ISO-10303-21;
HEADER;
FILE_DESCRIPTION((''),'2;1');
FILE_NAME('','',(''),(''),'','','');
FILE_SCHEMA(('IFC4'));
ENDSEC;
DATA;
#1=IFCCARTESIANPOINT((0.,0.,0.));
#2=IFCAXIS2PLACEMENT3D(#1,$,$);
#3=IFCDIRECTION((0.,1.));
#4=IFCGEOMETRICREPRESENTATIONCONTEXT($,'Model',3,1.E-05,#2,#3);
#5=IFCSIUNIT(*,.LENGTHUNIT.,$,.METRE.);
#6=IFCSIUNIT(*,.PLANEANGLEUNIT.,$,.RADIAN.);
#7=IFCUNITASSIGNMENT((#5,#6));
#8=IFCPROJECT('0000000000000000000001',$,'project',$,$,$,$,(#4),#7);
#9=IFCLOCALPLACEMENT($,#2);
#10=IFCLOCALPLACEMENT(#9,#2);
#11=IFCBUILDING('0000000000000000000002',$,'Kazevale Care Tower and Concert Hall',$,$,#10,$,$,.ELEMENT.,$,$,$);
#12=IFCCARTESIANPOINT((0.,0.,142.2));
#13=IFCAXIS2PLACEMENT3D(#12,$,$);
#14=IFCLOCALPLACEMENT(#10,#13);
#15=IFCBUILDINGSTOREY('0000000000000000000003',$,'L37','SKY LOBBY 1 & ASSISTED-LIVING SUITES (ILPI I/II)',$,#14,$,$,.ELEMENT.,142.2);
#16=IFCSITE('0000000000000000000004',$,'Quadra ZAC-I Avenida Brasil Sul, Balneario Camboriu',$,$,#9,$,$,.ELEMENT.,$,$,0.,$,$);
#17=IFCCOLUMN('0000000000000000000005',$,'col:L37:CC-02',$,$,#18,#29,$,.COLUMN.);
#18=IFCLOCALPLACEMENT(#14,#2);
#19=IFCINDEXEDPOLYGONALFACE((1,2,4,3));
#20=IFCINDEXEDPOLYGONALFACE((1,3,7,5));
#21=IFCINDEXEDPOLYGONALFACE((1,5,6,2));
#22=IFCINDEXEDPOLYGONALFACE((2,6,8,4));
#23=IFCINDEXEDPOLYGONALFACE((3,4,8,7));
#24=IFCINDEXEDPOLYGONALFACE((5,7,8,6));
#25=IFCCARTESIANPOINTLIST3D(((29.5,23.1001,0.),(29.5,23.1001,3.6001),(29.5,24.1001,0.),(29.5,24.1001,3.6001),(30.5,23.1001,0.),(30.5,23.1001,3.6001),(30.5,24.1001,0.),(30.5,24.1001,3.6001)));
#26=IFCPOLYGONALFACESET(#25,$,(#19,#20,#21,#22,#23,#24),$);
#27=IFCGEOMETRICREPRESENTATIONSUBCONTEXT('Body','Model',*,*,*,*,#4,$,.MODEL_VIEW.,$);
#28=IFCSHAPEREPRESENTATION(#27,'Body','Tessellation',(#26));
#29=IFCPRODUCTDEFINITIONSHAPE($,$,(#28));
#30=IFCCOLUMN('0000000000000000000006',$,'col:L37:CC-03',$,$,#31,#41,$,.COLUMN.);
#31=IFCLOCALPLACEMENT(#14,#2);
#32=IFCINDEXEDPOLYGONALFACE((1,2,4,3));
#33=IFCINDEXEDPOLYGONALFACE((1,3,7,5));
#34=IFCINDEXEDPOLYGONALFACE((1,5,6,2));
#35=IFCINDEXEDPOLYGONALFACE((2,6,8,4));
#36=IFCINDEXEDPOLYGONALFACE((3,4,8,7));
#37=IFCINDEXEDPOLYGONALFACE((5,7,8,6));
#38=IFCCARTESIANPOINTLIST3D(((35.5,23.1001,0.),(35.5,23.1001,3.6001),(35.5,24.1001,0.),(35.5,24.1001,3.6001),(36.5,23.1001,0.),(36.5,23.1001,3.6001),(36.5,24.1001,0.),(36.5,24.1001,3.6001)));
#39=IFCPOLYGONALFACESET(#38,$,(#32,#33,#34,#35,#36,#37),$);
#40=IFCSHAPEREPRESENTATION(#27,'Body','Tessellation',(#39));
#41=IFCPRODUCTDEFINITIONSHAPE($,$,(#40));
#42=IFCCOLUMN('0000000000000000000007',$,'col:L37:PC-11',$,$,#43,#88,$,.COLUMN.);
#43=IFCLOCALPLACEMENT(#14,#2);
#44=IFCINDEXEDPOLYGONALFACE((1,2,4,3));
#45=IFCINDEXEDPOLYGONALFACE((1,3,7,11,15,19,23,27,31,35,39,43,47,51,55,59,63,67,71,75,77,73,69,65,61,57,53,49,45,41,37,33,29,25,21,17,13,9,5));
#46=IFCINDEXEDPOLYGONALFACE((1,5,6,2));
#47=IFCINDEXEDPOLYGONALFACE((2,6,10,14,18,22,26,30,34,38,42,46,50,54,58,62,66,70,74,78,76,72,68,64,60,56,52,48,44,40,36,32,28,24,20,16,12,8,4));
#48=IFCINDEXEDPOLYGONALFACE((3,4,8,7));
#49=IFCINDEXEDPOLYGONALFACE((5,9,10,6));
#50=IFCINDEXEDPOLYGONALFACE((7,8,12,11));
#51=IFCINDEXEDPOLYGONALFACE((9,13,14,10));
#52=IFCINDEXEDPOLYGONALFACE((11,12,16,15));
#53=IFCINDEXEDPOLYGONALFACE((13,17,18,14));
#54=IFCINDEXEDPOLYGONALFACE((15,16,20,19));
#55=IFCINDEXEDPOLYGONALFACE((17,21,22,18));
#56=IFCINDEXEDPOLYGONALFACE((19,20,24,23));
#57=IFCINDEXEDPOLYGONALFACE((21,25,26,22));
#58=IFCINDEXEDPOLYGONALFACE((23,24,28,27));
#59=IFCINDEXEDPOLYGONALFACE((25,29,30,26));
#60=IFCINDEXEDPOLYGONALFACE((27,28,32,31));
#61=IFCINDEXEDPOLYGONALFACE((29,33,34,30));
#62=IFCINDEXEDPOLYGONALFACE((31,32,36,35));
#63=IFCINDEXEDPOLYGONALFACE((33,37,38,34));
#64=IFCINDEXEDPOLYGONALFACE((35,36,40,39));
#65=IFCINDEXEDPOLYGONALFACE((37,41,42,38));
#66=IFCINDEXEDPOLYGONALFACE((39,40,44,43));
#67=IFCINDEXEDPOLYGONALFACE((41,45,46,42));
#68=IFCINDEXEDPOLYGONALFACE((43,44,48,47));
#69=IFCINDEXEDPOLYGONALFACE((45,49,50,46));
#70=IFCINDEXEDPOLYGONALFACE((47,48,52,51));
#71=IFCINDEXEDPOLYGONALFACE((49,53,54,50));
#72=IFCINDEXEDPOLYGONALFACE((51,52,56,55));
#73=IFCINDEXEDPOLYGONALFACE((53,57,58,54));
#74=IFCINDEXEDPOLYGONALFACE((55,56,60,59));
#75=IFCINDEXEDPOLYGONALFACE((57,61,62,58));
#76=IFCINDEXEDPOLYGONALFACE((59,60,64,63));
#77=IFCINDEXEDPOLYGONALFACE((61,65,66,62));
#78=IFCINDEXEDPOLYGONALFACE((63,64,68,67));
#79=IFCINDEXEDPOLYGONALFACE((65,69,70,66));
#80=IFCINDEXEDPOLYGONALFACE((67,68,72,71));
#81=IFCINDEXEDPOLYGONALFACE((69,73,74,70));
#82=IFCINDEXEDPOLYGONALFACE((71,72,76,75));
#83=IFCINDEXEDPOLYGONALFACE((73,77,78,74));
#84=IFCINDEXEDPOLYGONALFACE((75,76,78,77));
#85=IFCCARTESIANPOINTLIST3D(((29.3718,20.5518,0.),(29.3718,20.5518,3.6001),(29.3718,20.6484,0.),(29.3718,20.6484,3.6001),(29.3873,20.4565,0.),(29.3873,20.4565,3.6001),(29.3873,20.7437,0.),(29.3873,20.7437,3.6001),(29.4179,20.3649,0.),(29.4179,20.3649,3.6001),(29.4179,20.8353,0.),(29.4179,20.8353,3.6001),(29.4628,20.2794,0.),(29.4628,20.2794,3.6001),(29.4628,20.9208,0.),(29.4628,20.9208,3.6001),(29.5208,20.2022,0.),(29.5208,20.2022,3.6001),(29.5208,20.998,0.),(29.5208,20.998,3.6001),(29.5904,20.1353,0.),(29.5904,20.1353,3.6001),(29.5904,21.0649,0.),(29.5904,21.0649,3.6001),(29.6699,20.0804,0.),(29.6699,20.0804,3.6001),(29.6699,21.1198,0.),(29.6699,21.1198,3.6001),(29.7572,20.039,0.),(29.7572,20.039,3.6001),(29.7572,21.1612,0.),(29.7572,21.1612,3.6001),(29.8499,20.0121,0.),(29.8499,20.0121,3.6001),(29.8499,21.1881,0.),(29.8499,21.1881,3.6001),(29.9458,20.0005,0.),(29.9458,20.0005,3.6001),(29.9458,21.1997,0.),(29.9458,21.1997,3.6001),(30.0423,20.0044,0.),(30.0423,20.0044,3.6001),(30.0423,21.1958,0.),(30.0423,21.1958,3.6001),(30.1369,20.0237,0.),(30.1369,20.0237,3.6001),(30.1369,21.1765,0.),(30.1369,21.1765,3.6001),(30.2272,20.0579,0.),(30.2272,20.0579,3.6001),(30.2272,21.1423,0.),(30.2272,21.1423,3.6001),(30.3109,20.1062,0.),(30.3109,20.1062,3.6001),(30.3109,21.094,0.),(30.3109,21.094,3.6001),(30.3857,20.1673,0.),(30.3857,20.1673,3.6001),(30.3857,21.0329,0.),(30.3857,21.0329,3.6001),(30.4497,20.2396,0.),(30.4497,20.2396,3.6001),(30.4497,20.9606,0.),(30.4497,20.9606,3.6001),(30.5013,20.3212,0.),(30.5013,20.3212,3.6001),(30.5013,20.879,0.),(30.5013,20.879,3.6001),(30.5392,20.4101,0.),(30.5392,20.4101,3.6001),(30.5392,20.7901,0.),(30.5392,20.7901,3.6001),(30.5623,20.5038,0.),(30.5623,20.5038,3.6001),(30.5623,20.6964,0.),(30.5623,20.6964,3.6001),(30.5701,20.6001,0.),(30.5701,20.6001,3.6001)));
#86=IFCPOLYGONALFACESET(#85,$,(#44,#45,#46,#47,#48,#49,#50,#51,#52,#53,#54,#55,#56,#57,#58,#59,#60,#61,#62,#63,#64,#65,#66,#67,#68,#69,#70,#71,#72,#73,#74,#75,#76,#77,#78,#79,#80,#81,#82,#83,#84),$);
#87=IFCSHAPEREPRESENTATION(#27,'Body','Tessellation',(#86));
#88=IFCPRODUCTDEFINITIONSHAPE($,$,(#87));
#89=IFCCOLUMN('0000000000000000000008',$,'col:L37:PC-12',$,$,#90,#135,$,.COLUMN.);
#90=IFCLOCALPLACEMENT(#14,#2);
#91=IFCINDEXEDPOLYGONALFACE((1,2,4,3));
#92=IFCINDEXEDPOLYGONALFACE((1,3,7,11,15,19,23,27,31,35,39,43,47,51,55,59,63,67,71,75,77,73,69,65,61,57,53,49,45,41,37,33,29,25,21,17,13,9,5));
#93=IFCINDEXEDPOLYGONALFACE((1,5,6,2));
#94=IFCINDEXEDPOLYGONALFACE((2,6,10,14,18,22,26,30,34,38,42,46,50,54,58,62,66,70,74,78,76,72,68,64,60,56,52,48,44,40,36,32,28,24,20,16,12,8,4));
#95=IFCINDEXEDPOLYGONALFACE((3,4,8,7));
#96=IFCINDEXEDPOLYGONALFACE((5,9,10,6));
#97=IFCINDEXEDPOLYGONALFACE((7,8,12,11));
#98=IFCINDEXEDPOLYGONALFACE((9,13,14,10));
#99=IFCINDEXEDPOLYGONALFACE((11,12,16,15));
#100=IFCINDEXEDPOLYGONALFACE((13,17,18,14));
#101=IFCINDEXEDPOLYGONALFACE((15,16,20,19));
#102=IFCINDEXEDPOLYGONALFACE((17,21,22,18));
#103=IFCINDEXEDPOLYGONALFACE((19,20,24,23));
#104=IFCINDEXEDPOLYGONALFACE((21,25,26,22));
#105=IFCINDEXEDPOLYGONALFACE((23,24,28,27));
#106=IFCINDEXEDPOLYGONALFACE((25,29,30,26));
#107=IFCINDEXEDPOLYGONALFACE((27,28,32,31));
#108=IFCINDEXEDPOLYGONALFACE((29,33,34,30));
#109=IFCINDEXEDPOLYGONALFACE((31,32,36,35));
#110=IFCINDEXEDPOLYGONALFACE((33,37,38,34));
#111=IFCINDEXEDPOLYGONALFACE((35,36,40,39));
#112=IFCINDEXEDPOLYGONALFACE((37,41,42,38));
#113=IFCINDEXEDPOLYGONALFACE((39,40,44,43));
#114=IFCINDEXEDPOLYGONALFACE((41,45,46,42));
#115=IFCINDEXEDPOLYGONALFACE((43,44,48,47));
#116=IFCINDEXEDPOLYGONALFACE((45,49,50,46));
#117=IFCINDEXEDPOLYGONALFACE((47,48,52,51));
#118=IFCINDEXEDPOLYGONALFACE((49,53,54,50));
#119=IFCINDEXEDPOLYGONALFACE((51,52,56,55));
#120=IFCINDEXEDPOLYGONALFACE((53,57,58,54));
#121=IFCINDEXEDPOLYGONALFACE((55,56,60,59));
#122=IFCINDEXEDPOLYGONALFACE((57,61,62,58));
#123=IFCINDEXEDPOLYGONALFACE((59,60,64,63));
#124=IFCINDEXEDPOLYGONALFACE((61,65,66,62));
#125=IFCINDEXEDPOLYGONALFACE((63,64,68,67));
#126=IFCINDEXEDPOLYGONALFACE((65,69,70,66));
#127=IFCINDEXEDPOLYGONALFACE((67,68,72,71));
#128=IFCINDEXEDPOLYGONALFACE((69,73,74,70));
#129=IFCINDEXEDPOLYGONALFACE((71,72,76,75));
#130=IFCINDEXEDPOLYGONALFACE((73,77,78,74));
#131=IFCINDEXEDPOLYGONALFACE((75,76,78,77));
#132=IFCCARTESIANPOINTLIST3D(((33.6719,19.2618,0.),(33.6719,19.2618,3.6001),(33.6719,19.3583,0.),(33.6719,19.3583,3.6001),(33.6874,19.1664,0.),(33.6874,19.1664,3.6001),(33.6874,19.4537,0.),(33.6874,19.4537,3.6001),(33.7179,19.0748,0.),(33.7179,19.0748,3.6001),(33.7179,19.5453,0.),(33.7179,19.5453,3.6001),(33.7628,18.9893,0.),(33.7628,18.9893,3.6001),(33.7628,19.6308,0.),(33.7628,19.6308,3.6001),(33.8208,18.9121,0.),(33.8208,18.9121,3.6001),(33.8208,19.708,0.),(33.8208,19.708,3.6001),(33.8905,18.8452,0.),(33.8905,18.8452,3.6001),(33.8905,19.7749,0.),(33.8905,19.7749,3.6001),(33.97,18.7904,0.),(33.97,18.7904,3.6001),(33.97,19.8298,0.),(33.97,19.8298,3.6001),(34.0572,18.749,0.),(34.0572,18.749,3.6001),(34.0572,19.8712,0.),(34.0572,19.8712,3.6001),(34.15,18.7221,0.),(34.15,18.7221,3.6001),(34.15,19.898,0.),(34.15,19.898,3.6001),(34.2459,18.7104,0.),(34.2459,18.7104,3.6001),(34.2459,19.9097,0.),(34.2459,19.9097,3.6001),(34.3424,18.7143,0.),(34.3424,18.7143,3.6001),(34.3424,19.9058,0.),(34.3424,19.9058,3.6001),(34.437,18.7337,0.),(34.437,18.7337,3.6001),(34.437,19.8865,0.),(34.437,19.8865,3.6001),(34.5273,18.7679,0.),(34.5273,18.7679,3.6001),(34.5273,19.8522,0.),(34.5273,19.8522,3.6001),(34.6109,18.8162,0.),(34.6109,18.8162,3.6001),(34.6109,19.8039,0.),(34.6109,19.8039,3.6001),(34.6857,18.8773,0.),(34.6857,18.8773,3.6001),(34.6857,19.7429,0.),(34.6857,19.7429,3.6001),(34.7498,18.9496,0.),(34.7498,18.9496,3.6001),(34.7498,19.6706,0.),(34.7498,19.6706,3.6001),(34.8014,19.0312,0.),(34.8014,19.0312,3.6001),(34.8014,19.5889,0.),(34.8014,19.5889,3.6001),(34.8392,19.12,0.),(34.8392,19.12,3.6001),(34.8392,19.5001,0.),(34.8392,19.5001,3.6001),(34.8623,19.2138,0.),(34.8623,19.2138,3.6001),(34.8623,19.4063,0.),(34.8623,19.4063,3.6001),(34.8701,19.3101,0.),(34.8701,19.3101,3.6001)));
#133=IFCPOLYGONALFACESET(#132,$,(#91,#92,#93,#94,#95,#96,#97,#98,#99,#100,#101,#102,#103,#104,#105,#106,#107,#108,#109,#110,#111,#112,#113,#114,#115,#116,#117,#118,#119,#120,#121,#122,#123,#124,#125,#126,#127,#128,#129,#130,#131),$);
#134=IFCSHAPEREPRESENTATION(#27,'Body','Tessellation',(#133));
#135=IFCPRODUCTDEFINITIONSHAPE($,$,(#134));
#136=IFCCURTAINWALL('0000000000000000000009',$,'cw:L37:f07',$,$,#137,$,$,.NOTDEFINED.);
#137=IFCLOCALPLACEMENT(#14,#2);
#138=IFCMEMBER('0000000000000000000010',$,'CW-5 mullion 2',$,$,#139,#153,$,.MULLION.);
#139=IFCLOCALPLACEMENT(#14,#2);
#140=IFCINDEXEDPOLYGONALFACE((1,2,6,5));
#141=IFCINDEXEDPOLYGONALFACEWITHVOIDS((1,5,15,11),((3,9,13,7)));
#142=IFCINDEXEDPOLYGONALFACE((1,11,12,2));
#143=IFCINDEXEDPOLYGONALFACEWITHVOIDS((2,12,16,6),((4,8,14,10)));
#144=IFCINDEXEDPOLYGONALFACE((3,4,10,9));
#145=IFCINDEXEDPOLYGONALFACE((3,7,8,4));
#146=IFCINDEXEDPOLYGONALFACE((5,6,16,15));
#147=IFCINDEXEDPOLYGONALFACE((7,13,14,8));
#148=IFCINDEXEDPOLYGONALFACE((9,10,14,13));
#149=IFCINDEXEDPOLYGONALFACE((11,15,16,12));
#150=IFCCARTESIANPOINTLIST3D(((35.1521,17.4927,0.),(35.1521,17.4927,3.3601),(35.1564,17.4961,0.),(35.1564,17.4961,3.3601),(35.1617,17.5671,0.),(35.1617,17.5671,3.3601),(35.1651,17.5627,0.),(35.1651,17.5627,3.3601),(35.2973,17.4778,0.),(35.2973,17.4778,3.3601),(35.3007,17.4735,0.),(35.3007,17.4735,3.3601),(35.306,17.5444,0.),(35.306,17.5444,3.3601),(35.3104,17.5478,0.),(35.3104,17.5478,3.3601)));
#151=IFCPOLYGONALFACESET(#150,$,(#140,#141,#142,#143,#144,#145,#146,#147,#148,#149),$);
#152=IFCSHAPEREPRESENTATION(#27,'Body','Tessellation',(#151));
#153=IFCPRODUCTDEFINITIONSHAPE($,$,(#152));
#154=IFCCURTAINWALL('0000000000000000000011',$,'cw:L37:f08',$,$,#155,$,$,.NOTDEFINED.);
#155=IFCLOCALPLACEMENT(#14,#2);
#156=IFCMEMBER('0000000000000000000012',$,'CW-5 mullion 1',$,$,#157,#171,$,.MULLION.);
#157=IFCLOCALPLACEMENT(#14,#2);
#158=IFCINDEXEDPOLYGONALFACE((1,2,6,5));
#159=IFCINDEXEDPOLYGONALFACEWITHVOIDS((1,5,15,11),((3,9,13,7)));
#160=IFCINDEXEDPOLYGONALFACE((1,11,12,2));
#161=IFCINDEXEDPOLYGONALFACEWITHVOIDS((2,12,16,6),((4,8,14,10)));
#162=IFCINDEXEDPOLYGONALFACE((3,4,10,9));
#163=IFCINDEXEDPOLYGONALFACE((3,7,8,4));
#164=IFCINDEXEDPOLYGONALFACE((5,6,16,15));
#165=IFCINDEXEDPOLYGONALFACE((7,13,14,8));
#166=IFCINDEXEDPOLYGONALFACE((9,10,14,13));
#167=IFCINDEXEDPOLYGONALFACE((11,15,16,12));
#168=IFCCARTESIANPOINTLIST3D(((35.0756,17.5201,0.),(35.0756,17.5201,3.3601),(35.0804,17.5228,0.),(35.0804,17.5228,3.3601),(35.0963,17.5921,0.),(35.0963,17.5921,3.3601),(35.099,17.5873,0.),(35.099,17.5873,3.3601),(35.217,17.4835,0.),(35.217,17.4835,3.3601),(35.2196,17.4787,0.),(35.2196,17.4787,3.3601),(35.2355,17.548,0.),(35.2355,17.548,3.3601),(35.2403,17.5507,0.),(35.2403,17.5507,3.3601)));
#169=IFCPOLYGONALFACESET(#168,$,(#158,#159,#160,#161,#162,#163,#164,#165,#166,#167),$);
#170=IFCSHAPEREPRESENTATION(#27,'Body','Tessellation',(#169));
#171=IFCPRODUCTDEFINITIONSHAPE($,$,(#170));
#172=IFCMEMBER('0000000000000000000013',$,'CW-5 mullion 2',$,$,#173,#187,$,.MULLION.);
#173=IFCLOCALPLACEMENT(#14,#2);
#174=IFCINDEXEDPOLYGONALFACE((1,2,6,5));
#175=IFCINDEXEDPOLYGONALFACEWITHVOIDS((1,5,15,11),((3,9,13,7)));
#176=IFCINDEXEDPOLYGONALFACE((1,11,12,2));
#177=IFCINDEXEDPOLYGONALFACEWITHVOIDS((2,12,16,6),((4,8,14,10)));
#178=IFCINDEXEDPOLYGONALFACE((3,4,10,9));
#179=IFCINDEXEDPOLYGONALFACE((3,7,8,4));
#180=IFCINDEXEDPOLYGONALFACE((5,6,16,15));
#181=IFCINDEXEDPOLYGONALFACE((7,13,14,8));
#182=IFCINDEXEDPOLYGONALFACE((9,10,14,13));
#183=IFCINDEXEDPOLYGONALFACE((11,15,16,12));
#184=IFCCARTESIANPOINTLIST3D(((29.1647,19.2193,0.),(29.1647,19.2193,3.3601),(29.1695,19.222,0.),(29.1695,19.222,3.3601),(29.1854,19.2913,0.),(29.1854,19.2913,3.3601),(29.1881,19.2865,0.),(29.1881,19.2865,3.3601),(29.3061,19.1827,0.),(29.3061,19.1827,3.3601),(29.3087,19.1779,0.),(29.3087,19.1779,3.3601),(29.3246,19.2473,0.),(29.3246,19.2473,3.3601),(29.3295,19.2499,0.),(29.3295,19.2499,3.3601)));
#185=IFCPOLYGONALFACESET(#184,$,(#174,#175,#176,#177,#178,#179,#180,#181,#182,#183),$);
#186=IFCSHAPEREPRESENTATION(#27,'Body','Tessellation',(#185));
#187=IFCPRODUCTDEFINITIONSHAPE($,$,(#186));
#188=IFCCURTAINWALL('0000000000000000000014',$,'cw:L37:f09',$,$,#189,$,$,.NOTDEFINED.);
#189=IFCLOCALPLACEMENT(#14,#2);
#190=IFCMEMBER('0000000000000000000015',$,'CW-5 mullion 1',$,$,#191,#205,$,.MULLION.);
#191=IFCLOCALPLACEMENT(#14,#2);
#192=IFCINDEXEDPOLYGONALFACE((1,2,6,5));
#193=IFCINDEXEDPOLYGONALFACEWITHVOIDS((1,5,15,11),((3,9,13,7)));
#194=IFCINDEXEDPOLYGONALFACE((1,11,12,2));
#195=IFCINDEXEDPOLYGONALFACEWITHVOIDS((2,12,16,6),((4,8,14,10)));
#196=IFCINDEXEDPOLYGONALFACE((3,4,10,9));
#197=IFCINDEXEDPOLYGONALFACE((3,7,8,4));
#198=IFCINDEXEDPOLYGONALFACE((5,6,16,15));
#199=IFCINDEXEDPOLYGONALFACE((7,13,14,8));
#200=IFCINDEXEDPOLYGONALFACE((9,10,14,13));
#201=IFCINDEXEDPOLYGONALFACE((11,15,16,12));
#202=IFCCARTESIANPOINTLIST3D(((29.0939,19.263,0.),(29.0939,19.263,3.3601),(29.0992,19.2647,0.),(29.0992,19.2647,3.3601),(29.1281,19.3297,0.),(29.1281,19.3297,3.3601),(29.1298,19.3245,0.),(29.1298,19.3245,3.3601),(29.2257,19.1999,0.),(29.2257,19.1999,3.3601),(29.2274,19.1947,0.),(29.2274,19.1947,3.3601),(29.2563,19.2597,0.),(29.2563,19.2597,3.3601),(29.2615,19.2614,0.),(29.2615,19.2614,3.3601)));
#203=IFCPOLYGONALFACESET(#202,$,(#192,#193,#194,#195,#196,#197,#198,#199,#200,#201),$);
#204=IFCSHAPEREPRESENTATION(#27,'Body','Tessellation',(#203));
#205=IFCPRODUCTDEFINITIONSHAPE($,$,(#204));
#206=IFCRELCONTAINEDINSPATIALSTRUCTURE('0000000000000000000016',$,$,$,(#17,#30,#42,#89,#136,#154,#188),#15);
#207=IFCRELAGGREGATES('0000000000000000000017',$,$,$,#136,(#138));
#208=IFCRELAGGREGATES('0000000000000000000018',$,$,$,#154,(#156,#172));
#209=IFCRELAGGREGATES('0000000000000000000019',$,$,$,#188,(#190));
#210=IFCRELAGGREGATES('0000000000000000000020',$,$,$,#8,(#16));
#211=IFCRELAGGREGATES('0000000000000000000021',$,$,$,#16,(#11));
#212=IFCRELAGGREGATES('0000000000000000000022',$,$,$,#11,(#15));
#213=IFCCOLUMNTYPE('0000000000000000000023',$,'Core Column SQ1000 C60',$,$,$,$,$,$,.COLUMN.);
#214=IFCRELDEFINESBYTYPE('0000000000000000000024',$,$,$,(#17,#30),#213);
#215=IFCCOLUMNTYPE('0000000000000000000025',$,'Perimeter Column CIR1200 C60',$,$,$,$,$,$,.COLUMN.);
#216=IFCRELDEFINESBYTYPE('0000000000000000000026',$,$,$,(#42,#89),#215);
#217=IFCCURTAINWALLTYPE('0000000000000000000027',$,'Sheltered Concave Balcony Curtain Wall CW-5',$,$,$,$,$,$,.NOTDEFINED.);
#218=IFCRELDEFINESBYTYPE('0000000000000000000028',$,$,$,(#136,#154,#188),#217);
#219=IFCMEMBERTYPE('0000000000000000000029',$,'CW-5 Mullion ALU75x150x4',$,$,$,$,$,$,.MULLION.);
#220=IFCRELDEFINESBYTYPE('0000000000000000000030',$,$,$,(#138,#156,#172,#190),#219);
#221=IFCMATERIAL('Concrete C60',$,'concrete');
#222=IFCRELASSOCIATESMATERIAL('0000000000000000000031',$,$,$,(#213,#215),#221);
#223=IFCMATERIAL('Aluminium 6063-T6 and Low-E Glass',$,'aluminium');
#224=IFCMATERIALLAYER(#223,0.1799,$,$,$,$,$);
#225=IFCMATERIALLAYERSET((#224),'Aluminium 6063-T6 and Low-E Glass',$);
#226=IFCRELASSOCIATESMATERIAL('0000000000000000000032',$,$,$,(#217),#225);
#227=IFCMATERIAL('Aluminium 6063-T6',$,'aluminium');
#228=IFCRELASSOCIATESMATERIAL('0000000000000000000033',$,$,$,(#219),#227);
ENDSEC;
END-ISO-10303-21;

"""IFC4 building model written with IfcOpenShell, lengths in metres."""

from ifc_helpers import new_model, si_unit, direction, frame, origin, origin_2d, place, context, subcontext, project, spatial, rectangle, hollow_rectangle, circle, extrude, material, layer, layer_set, material_profile, profile_set, type_object, element, aggregate, save


model = new_model("IFC4")

# Units and contexts
model_context = context("Model", 3, precision=1e-05, world=origin(), true_north=direction((0.0, 1.0)))
body_context = subcontext(model_context, "Body", "Model", "MODEL_VIEW")
ifc_project = project(units=[si_unit("LENGTHUNIT", "METRE"), si_unit("PLANEANGLEUNIT", "RADIAN")], contexts=[model_context])

# Site, building, storey
site_placement = place(None, origin())
site = spatial("IfcSite", under=ifc_project, at=site_placement, Name="Quadra ZAC-I Avenida Brasil Sul, Balneario Camboriu", CompositionType="ELEMENT", RefElevation=0.0)
building_placement = place(site_placement, origin())
building = spatial("IfcBuilding", under=site, at=building_placement, Name="Kazevale Care Tower and Concert Hall", CompositionType="ELEMENT")
storey_placement = place(building_placement, frame((0.0, 0.0, 142.2)))
storey = spatial("IfcBuildingStorey", under=building, at=storey_placement, Name="L37", Description="SKY LOBBY 1 & ASSISTED-LIVING SUITES (ILPI I/II)", CompositionType="ELEMENT", Elevation=142.2)

# Columns
ifc_material_1 = material(Name="Concrete C60", Category="concrete")
ifc_material_profile_1 = material_profile(ifc_material_1, rectangle(XDim=1.0, YDim=1.0, at=origin_2d()), Name="RC-SQ1000")
ifc_profile_set_1 = profile_set([ifc_material_profile_1], Name="Concrete C60")
column_type_1 = type_object("IfcColumnType", Name="Core Column SQ1000 C60", PredefinedType="COLUMN", material=ifc_profile_set_1)
for number, where, z_axis, x_axis, name in (
    (1, (30.0, 23.6001, 0.0), (0.0, 0.0, 1.0), (1.0, 0.0, 0.0), "col:L37:CC-02"),
    (2, (36.0, 23.6001, 0.0), (0.0, 0.0, 1.0), (1.0, 0.0, 0.0), "col:L37:CC-03"),
):
    element("IfcColumn", number, at=place(storey_placement, frame(where, z_axis=z_axis, x_axis=x_axis)), inside=storey, type_object=column_type_1, Name=name, PredefinedType="COLUMN", context=body_context, shape_type="SweptSolid", body=[
        extrude(rectangle(XDim=1.0, YDim=1.0, at=origin_2d()), origin(), (0.0, 0.0, 1.0), 3.6001),
    ])
ifc_material_profile_2 = material_profile(ifc_material_1, circle(Radius=0.6001, at=origin_2d()), Name="RC-CIR1200")
ifc_profile_set_2 = profile_set([ifc_material_profile_2], Name="Concrete C60")
column_type_2 = type_object("IfcColumnType", Name="Perimeter Column CIR1200 C60", PredefinedType="COLUMN", material=ifc_profile_set_2)
for number, where, z_axis, x_axis, name in (
    (3, (29.97, 20.6001, 0.0), (0.0, 0.0, 1.0), (1.0, 0.0, 0.0), "col:L37:PC-11"),
    (4, (34.27, 19.3101, 0.0), (0.0, 0.0, 1.0), (1.0, 0.0, 0.0), "col:L37:PC-12"),
):
    element("IfcColumn", number, at=place(storey_placement, frame(where, z_axis=z_axis, x_axis=x_axis)), inside=storey, type_object=column_type_2, Name=name, PredefinedType="COLUMN", context=body_context, shape_type="SweptSolid", body=[
        extrude(circle(Radius=0.6001, at=origin_2d()), origin(), (0.0, 0.0, 1.0), 3.6001),
    ])

# Curtain wall, member
ifc_material_2 = material(Name="Aluminium 6063-T6 and Low-E Glass", Category="aluminium")
ifc_layer_1 = layer(ifc_material_2, 0.1799)
ifc_layer_set_1 = layer_set([ifc_layer_1], Name="Aluminium 6063-T6 and Low-E Glass")
curtain_wall_type = type_object("IfcCurtainWallType", Name="Sheltered Concave Balcony Curtain Wall CW-5", PredefinedType="NOTDEFINED", material=ifc_layer_set_1)
curtain_wall_1_placement = place(storey_placement, origin())
curtain_wall_1 = element("IfcCurtainWall", 5, at=curtain_wall_1_placement, inside=storey, type_object=curtain_wall_type, Name="cw:L37:f07", PredefinedType="NOTDEFINED")
ifc_material_3 = material(Name="Aluminium 6063-T6", Category="aluminium")
ifc_material_profile_3 = material_profile(ifc_material_3, hollow_rectangle(XDim=0.075, YDim=0.1499, WallThickness=0.0039, at=origin_2d()), Name="ALU75x150x4")
ifc_profile_set_3 = profile_set([ifc_material_profile_3], Name="Aluminium 6063-T6")
member_type_1 = type_object("IfcMemberType", Name="CW-5 Mullion ALU75x150x4", PredefinedType="MULLION", material=ifc_profile_set_3)
member_1_placement = place(storey_placement, frame((35.2312, 17.5203, 0.0), z_axis=(0.0, 0.0, 1.0), x_axis=(-0.128685, -0.991686, 0.0)))
member_1 = element("IfcMember", 6, at=member_1_placement, type_object=member_type_1, Name="CW-5 mullion 2", PredefinedType="MULLION", context=body_context, shape_type="SweptSolid", body=[
    extrude(hollow_rectangle(XDim=0.075, YDim=0.1499, WallThickness=0.0039, at=origin_2d()), origin(), (0.0, 0.0, 1.0), 3.3601),
])
aggregate(curtain_wall_1, [member_1])

# Curtain wall, members
curtain_wall_2_placement = place(storey_placement, origin())
curtain_wall_2 = element("IfcCurtainWall", 7, at=curtain_wall_2_placement, inside=storey, type_object=curtain_wall_type, Name="cw:L37:f08", PredefinedType="NOTDEFINED")
member_2_placement = place(storey_placement, frame((35.158, 17.5354, 0.0), z_axis=(0.0, 0.0, 1.0), x_axis=(-0.276291, -0.961074, 0.0)))
member_2 = element("IfcMember", 8, at=member_2_placement, type_object=member_type_1, Name="CW-5 mullion 1", PredefinedType="MULLION", context=body_context, shape_type="SweptSolid", body=[
    extrude(hollow_rectangle(XDim=0.075, YDim=0.1499, WallThickness=0.0039, at=origin_2d()), origin(), (0.0, 0.0, 1.0), 3.3601),
])
member_3_placement = place(storey_placement, frame((29.2471, 19.2346, 0.0), z_axis=(0.0, 0.0, 1.0), x_axis=(-0.276291, -0.961074, 0.0)))
member_3 = element("IfcMember", 9, at=member_3_placement, type_object=member_type_1, Name="CW-5 mullion 2", PredefinedType="MULLION", context=body_context, shape_type="SweptSolid", body=[
    extrude(hollow_rectangle(XDim=0.075, YDim=0.1499, WallThickness=0.0039, at=origin_2d()), origin(), (0.0, 0.0, 1.0), 3.3601),
])

# Curtain wall, member
curtain_wall_3_placement = place(storey_placement, origin())
curtain_wall_3 = element("IfcCurtainWall", 10, at=curtain_wall_3_placement, inside=storey, type_object=curtain_wall_type, Name="cw:L37:f09", PredefinedType="NOTDEFINED")
member_4_placement = place(storey_placement, frame((29.1777, 19.2622, 0.0), z_axis=(0.0, 0.0, 1.0), x_axis=(-0.455713, -0.890127, 0.0)))
member_4 = element("IfcMember", 11, at=member_4_placement, type_object=member_type_1, Name="CW-5 mullion 1", PredefinedType="MULLION", context=body_context, shape_type="SweptSolid", body=[
    extrude(hollow_rectangle(XDim=0.075, YDim=0.1499, WallThickness=0.0039, at=origin_2d()), origin(), (0.0, 0.0, 1.0), 3.3601),
])

aggregate(curtain_wall_2, [member_2, member_3])
aggregate(curtain_wall_3, [member_4])

save(model, "model.ifc")
